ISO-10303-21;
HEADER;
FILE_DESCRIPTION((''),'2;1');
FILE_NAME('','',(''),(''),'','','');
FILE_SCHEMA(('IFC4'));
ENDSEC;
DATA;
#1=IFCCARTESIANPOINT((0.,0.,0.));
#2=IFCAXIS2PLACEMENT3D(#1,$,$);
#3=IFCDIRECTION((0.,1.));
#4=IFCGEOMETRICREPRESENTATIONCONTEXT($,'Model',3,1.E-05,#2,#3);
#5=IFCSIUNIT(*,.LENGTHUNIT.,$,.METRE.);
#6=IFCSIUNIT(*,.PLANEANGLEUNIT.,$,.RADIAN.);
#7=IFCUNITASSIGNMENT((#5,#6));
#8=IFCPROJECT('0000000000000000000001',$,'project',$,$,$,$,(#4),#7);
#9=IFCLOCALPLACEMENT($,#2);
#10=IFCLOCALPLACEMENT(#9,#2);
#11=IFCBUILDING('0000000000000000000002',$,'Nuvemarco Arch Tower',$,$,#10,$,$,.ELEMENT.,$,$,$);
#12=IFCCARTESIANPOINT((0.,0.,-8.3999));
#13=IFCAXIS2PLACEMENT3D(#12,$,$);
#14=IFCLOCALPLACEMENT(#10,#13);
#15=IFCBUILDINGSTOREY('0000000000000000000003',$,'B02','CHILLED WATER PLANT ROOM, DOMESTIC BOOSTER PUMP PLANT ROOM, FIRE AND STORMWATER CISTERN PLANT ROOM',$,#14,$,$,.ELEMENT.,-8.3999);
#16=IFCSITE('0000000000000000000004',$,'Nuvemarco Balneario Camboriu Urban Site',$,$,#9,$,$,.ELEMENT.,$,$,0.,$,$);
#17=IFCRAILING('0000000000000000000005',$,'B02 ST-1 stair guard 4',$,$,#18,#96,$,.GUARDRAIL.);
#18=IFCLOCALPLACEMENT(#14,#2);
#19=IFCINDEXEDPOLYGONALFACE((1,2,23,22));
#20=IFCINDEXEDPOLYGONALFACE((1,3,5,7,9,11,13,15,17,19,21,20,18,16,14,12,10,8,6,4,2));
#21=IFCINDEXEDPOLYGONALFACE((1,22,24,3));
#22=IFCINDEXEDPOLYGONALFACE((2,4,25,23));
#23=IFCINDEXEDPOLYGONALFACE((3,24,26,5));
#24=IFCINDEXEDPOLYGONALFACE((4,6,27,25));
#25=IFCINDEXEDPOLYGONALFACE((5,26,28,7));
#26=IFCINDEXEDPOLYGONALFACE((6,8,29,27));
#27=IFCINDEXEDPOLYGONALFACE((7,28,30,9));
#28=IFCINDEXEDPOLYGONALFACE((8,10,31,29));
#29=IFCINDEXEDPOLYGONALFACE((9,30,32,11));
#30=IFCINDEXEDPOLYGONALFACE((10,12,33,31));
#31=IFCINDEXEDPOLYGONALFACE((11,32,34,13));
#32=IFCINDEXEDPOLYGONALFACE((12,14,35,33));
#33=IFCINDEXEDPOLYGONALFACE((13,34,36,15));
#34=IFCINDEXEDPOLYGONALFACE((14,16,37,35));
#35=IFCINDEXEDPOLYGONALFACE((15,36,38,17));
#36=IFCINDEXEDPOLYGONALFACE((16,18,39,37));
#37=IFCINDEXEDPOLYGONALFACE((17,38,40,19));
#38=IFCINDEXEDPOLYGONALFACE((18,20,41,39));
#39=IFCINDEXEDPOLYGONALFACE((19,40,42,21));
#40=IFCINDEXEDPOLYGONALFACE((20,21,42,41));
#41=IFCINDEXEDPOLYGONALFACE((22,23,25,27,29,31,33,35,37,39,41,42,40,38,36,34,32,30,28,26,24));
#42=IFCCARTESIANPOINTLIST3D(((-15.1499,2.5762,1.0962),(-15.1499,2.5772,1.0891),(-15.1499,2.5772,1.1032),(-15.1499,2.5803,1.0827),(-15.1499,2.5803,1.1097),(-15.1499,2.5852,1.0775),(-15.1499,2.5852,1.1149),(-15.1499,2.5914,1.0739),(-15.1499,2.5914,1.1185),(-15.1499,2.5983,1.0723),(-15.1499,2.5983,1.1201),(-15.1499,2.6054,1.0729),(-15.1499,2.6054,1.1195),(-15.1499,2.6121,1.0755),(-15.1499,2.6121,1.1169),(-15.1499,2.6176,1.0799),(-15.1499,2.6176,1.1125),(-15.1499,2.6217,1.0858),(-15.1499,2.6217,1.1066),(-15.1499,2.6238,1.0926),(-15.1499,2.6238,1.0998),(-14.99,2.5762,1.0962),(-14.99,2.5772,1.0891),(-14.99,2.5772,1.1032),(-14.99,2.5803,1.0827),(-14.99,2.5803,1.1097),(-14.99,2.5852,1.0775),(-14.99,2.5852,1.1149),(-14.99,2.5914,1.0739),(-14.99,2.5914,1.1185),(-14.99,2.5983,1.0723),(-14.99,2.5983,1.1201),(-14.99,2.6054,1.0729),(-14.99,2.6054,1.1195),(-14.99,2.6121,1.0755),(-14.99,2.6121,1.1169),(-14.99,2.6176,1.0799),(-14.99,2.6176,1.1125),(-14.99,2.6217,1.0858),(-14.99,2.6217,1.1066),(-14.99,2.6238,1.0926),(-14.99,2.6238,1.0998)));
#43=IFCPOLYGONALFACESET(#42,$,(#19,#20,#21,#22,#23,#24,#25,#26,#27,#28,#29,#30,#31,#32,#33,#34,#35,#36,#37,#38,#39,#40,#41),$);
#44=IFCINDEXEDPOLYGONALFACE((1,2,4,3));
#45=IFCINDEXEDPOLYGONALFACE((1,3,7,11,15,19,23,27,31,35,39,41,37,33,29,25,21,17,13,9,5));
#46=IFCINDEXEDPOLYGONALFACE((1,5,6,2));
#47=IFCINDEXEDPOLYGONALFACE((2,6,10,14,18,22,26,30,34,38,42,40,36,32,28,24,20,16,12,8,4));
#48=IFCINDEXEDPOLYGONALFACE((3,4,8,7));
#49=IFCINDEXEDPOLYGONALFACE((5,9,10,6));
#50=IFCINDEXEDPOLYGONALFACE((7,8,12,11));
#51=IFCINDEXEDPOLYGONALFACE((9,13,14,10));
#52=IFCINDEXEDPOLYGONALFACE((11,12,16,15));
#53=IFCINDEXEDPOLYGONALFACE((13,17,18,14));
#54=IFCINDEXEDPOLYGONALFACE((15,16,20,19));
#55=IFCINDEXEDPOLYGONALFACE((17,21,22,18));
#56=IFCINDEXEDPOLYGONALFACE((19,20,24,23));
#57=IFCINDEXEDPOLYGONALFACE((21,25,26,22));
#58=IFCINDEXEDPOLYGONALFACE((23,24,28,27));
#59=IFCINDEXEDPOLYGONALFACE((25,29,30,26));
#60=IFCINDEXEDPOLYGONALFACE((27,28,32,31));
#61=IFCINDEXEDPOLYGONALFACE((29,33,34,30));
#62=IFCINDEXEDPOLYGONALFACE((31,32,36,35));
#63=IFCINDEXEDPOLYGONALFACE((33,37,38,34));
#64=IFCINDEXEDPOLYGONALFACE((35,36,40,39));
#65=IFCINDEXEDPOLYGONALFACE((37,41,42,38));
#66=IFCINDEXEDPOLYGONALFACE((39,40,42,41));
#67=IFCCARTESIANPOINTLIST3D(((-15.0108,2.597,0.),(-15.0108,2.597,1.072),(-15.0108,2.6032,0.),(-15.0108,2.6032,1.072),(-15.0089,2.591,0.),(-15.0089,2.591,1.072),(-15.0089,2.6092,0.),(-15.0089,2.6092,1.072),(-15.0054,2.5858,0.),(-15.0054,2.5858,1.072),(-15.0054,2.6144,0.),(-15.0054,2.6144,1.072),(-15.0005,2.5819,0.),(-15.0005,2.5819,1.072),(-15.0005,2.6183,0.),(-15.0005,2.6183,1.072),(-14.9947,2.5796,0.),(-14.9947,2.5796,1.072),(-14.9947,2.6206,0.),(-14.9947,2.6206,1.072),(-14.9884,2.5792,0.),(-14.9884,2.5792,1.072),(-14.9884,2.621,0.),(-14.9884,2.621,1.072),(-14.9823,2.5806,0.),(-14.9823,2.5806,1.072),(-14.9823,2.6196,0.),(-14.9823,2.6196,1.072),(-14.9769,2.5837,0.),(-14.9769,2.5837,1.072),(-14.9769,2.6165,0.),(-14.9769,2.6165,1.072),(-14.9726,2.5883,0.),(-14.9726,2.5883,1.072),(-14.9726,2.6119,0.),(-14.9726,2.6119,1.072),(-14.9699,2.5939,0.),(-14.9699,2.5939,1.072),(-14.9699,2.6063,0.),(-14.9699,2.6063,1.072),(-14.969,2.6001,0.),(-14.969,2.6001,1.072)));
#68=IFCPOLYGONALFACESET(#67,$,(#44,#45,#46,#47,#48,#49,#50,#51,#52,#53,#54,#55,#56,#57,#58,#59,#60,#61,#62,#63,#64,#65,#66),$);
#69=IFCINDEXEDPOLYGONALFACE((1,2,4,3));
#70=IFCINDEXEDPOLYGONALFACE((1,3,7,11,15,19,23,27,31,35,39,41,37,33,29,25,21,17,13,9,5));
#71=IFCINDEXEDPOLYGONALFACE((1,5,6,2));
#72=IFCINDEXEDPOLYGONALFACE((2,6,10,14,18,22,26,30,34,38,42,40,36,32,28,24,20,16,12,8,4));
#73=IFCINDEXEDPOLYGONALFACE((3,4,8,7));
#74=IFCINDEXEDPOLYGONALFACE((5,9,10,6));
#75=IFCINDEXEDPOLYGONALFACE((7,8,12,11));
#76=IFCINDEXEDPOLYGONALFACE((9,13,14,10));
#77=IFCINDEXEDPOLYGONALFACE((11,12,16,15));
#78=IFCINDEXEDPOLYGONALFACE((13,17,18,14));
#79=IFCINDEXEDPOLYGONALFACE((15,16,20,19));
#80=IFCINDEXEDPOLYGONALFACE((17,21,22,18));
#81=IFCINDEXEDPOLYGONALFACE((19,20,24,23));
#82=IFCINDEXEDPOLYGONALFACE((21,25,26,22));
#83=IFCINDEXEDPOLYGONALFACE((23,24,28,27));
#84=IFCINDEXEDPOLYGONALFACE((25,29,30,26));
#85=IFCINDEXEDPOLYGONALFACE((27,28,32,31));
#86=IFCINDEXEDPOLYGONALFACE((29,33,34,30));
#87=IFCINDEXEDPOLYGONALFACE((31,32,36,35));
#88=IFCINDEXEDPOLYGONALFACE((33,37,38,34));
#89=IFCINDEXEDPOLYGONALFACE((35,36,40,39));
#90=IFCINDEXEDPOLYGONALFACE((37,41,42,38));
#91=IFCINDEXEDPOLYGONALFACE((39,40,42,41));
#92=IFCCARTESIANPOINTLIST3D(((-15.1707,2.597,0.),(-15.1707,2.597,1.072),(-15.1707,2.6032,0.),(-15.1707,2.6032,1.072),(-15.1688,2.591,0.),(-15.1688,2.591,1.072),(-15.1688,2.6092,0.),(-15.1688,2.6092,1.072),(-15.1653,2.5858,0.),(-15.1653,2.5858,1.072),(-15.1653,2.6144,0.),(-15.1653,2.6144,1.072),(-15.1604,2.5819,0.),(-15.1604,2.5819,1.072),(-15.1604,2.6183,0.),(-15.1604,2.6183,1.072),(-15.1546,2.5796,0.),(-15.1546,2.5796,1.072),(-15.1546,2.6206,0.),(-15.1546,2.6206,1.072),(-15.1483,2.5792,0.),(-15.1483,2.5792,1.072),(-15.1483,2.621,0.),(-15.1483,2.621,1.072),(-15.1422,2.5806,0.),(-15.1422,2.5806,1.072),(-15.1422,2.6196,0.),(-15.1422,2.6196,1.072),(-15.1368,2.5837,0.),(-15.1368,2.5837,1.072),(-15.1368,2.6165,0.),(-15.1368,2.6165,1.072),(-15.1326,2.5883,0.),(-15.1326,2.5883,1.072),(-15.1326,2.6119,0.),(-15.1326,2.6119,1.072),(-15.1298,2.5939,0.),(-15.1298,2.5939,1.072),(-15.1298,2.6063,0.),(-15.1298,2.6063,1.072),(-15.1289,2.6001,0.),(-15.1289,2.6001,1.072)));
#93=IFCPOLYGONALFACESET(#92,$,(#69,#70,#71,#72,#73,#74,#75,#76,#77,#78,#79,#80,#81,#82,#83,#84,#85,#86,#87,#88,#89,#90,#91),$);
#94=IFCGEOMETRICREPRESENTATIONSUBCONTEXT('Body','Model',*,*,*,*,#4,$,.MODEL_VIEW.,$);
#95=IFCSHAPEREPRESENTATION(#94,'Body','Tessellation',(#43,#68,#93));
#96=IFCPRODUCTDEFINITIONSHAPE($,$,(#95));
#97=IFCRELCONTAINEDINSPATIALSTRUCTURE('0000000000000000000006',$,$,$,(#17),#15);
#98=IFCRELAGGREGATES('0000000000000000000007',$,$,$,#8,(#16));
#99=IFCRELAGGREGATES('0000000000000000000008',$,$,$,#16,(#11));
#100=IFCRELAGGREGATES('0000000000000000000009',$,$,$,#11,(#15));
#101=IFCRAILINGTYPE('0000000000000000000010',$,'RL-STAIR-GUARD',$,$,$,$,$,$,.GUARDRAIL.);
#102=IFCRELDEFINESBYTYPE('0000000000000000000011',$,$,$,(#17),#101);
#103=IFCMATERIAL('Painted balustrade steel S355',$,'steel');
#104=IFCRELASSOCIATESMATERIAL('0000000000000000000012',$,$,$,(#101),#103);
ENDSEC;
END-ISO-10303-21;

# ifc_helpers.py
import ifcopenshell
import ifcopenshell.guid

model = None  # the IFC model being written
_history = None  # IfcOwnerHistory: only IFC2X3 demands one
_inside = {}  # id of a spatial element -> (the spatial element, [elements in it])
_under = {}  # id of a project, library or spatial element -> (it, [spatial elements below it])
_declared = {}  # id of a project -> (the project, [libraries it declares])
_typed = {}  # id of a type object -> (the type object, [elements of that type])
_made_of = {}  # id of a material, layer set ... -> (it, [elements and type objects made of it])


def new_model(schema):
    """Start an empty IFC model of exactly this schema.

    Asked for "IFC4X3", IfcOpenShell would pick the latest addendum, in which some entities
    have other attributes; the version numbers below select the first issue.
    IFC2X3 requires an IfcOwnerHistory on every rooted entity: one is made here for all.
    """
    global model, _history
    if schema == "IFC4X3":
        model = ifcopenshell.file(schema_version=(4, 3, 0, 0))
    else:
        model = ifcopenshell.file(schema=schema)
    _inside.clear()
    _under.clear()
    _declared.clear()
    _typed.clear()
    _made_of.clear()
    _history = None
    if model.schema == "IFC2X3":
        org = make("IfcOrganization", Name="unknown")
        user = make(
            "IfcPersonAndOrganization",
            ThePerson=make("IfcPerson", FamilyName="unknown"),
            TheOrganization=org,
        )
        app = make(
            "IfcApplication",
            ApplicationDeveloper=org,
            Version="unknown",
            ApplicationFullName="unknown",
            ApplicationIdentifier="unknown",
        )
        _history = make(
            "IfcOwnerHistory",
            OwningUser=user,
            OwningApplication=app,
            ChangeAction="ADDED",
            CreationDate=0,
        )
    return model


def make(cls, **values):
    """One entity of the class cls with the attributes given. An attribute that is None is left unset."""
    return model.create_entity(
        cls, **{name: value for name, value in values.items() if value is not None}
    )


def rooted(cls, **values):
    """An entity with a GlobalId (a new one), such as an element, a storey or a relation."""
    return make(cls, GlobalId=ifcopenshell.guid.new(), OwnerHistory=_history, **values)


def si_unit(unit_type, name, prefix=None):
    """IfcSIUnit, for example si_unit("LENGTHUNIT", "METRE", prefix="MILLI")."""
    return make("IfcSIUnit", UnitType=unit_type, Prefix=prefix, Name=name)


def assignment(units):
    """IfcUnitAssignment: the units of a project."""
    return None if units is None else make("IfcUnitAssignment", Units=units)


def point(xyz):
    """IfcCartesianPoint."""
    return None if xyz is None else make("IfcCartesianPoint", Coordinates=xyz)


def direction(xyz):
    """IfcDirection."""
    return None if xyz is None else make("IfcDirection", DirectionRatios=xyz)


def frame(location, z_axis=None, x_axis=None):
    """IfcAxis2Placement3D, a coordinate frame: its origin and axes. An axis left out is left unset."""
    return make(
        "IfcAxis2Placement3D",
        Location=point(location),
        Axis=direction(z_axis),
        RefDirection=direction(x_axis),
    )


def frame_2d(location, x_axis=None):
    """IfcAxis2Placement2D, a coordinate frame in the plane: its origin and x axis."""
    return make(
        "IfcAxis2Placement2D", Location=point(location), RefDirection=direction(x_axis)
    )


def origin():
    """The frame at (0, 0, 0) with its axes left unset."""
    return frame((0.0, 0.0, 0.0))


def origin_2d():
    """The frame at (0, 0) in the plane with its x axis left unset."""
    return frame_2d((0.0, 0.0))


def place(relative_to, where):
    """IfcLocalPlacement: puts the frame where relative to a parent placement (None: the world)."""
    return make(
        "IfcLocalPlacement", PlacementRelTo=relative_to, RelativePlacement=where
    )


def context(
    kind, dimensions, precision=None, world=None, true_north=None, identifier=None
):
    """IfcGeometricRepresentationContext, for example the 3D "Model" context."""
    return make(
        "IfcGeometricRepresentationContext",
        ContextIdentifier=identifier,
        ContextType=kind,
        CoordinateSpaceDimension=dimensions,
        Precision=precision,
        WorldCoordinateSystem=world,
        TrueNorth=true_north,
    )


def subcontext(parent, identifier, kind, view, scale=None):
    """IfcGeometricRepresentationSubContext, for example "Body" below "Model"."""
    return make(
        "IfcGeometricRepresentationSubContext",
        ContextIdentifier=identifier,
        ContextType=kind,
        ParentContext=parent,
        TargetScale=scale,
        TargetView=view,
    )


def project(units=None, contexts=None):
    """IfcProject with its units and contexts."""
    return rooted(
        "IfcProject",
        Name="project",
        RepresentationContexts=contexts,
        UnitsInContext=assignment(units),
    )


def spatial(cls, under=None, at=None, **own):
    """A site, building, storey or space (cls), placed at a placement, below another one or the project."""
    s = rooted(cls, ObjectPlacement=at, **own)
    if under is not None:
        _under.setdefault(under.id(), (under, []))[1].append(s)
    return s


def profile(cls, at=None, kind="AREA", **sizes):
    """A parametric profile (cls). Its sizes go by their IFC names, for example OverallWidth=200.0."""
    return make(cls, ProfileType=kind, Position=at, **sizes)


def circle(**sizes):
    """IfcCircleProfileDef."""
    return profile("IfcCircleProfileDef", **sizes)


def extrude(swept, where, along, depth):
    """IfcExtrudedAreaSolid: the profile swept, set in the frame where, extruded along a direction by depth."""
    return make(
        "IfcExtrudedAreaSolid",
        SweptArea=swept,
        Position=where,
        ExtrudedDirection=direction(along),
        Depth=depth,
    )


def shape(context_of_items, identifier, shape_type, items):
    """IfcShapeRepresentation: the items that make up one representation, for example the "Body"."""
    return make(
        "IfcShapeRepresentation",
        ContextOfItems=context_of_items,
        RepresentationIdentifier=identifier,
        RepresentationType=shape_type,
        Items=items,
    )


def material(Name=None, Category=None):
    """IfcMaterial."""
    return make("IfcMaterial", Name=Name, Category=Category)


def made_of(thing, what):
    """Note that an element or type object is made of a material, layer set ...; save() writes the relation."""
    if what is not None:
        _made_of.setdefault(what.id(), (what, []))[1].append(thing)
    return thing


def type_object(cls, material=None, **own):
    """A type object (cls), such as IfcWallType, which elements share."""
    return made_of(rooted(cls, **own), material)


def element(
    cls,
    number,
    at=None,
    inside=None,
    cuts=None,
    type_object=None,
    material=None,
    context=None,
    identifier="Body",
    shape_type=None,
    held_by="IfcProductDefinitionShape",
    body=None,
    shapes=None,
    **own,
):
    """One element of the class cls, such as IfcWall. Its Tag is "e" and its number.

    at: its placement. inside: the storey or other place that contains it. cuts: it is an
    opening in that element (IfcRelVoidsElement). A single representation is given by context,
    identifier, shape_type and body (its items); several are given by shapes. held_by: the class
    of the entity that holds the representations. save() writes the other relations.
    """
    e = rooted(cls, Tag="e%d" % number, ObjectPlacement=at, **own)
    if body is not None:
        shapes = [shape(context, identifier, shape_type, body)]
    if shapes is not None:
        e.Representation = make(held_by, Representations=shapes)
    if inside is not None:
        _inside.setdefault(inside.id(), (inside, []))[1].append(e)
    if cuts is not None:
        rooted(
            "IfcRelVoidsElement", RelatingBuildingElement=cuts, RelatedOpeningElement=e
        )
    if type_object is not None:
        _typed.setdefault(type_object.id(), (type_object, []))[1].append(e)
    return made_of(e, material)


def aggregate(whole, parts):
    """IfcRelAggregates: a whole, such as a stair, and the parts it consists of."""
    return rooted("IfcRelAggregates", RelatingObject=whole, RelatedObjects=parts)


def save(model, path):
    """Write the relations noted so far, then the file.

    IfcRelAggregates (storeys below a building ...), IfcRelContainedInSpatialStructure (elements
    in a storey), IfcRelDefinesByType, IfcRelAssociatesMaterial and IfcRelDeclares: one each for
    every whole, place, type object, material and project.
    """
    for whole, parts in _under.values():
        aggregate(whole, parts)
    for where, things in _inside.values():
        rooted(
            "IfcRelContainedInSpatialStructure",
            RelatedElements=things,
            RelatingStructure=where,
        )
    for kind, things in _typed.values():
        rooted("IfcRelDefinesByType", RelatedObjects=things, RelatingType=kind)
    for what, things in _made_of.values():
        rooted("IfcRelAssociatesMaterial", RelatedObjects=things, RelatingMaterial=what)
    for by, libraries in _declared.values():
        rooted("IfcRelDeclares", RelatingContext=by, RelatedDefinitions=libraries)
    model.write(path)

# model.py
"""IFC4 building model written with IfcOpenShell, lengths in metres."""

from ifc_helpers import new_model, si_unit, direction, frame, origin, origin_2d, place, context, subcontext, project, spatial, circle, extrude, material, type_object, element, save


model = new_model("IFC4")

# Units and contexts
model_context = context("Model", 3, precision=1e-05, world=origin(), true_north=direction((0.0, 1.0)))
body_context = subcontext(model_context, "Body", "Model", "MODEL_VIEW")
ifc_project = project(units=[si_unit("LENGTHUNIT", "METRE"), si_unit("PLANEANGLEUNIT", "RADIAN")], contexts=[model_context])

# Site, building, storey
site_placement = place(None, origin())
site = spatial("IfcSite", under=ifc_project, at=site_placement, Name="Nuvemarco Balneario Camboriu Urban Site", CompositionType="ELEMENT", RefElevation=0.0)
building_placement = place(site_placement, origin())
building = spatial("IfcBuilding", under=site, at=building_placement, Name="Nuvemarco Arch Tower", CompositionType="ELEMENT")
storey_placement = place(building_placement, frame((0.0, 0.0, -8.3999)))
storey = spatial("IfcBuildingStorey", under=building, at=storey_placement, Name="B02", Description="CHILLED WATER PLANT ROOM, DOMESTIC BOOSTER PUMP PLANT ROOM, FIRE AND STORMWATER CISTERN PLANT ROOM", CompositionType="ELEMENT", Elevation=-8.3999)

# Railing
ifc_material_1 = material(Name="Painted balustrade steel S355", Category="steel")
railing_type_1 = type_object("IfcRailingType", Name="RL-STAIR-GUARD", PredefinedType="GUARDRAIL", material=ifc_material_1)
railing_1_placement = place(storey_placement, frame((-14.99, 2.6001, 0.0)))
element("IfcRailing", 1, at=railing_1_placement, inside=storey, type_object=railing_type_1, Name="B02 ST-1 stair guard 4", PredefinedType="GUARDRAIL", context=body_context, shape_type="SweptSolid", body=[
    extrude(circle(Radius=0.0239, at=origin_2d()), frame((0.0, 0.0, 1.0962), z_axis=(-1.0, 0.0, 0.0), x_axis=(0.0, -1.0, 0.0)), (0.0, 0.0, 1.0), 0.1599),
    extrude(circle(Radius=0.021, at=origin_2d()), origin(), (0.0, 0.0, 1.0), 1.072),
    extrude(circle(Radius=0.021, at=origin_2d()), frame((-0.1599, 0.0, 0.0)), (0.0, 0.0, 1.0), 1.072),
])

save(model, "model.ifc")
